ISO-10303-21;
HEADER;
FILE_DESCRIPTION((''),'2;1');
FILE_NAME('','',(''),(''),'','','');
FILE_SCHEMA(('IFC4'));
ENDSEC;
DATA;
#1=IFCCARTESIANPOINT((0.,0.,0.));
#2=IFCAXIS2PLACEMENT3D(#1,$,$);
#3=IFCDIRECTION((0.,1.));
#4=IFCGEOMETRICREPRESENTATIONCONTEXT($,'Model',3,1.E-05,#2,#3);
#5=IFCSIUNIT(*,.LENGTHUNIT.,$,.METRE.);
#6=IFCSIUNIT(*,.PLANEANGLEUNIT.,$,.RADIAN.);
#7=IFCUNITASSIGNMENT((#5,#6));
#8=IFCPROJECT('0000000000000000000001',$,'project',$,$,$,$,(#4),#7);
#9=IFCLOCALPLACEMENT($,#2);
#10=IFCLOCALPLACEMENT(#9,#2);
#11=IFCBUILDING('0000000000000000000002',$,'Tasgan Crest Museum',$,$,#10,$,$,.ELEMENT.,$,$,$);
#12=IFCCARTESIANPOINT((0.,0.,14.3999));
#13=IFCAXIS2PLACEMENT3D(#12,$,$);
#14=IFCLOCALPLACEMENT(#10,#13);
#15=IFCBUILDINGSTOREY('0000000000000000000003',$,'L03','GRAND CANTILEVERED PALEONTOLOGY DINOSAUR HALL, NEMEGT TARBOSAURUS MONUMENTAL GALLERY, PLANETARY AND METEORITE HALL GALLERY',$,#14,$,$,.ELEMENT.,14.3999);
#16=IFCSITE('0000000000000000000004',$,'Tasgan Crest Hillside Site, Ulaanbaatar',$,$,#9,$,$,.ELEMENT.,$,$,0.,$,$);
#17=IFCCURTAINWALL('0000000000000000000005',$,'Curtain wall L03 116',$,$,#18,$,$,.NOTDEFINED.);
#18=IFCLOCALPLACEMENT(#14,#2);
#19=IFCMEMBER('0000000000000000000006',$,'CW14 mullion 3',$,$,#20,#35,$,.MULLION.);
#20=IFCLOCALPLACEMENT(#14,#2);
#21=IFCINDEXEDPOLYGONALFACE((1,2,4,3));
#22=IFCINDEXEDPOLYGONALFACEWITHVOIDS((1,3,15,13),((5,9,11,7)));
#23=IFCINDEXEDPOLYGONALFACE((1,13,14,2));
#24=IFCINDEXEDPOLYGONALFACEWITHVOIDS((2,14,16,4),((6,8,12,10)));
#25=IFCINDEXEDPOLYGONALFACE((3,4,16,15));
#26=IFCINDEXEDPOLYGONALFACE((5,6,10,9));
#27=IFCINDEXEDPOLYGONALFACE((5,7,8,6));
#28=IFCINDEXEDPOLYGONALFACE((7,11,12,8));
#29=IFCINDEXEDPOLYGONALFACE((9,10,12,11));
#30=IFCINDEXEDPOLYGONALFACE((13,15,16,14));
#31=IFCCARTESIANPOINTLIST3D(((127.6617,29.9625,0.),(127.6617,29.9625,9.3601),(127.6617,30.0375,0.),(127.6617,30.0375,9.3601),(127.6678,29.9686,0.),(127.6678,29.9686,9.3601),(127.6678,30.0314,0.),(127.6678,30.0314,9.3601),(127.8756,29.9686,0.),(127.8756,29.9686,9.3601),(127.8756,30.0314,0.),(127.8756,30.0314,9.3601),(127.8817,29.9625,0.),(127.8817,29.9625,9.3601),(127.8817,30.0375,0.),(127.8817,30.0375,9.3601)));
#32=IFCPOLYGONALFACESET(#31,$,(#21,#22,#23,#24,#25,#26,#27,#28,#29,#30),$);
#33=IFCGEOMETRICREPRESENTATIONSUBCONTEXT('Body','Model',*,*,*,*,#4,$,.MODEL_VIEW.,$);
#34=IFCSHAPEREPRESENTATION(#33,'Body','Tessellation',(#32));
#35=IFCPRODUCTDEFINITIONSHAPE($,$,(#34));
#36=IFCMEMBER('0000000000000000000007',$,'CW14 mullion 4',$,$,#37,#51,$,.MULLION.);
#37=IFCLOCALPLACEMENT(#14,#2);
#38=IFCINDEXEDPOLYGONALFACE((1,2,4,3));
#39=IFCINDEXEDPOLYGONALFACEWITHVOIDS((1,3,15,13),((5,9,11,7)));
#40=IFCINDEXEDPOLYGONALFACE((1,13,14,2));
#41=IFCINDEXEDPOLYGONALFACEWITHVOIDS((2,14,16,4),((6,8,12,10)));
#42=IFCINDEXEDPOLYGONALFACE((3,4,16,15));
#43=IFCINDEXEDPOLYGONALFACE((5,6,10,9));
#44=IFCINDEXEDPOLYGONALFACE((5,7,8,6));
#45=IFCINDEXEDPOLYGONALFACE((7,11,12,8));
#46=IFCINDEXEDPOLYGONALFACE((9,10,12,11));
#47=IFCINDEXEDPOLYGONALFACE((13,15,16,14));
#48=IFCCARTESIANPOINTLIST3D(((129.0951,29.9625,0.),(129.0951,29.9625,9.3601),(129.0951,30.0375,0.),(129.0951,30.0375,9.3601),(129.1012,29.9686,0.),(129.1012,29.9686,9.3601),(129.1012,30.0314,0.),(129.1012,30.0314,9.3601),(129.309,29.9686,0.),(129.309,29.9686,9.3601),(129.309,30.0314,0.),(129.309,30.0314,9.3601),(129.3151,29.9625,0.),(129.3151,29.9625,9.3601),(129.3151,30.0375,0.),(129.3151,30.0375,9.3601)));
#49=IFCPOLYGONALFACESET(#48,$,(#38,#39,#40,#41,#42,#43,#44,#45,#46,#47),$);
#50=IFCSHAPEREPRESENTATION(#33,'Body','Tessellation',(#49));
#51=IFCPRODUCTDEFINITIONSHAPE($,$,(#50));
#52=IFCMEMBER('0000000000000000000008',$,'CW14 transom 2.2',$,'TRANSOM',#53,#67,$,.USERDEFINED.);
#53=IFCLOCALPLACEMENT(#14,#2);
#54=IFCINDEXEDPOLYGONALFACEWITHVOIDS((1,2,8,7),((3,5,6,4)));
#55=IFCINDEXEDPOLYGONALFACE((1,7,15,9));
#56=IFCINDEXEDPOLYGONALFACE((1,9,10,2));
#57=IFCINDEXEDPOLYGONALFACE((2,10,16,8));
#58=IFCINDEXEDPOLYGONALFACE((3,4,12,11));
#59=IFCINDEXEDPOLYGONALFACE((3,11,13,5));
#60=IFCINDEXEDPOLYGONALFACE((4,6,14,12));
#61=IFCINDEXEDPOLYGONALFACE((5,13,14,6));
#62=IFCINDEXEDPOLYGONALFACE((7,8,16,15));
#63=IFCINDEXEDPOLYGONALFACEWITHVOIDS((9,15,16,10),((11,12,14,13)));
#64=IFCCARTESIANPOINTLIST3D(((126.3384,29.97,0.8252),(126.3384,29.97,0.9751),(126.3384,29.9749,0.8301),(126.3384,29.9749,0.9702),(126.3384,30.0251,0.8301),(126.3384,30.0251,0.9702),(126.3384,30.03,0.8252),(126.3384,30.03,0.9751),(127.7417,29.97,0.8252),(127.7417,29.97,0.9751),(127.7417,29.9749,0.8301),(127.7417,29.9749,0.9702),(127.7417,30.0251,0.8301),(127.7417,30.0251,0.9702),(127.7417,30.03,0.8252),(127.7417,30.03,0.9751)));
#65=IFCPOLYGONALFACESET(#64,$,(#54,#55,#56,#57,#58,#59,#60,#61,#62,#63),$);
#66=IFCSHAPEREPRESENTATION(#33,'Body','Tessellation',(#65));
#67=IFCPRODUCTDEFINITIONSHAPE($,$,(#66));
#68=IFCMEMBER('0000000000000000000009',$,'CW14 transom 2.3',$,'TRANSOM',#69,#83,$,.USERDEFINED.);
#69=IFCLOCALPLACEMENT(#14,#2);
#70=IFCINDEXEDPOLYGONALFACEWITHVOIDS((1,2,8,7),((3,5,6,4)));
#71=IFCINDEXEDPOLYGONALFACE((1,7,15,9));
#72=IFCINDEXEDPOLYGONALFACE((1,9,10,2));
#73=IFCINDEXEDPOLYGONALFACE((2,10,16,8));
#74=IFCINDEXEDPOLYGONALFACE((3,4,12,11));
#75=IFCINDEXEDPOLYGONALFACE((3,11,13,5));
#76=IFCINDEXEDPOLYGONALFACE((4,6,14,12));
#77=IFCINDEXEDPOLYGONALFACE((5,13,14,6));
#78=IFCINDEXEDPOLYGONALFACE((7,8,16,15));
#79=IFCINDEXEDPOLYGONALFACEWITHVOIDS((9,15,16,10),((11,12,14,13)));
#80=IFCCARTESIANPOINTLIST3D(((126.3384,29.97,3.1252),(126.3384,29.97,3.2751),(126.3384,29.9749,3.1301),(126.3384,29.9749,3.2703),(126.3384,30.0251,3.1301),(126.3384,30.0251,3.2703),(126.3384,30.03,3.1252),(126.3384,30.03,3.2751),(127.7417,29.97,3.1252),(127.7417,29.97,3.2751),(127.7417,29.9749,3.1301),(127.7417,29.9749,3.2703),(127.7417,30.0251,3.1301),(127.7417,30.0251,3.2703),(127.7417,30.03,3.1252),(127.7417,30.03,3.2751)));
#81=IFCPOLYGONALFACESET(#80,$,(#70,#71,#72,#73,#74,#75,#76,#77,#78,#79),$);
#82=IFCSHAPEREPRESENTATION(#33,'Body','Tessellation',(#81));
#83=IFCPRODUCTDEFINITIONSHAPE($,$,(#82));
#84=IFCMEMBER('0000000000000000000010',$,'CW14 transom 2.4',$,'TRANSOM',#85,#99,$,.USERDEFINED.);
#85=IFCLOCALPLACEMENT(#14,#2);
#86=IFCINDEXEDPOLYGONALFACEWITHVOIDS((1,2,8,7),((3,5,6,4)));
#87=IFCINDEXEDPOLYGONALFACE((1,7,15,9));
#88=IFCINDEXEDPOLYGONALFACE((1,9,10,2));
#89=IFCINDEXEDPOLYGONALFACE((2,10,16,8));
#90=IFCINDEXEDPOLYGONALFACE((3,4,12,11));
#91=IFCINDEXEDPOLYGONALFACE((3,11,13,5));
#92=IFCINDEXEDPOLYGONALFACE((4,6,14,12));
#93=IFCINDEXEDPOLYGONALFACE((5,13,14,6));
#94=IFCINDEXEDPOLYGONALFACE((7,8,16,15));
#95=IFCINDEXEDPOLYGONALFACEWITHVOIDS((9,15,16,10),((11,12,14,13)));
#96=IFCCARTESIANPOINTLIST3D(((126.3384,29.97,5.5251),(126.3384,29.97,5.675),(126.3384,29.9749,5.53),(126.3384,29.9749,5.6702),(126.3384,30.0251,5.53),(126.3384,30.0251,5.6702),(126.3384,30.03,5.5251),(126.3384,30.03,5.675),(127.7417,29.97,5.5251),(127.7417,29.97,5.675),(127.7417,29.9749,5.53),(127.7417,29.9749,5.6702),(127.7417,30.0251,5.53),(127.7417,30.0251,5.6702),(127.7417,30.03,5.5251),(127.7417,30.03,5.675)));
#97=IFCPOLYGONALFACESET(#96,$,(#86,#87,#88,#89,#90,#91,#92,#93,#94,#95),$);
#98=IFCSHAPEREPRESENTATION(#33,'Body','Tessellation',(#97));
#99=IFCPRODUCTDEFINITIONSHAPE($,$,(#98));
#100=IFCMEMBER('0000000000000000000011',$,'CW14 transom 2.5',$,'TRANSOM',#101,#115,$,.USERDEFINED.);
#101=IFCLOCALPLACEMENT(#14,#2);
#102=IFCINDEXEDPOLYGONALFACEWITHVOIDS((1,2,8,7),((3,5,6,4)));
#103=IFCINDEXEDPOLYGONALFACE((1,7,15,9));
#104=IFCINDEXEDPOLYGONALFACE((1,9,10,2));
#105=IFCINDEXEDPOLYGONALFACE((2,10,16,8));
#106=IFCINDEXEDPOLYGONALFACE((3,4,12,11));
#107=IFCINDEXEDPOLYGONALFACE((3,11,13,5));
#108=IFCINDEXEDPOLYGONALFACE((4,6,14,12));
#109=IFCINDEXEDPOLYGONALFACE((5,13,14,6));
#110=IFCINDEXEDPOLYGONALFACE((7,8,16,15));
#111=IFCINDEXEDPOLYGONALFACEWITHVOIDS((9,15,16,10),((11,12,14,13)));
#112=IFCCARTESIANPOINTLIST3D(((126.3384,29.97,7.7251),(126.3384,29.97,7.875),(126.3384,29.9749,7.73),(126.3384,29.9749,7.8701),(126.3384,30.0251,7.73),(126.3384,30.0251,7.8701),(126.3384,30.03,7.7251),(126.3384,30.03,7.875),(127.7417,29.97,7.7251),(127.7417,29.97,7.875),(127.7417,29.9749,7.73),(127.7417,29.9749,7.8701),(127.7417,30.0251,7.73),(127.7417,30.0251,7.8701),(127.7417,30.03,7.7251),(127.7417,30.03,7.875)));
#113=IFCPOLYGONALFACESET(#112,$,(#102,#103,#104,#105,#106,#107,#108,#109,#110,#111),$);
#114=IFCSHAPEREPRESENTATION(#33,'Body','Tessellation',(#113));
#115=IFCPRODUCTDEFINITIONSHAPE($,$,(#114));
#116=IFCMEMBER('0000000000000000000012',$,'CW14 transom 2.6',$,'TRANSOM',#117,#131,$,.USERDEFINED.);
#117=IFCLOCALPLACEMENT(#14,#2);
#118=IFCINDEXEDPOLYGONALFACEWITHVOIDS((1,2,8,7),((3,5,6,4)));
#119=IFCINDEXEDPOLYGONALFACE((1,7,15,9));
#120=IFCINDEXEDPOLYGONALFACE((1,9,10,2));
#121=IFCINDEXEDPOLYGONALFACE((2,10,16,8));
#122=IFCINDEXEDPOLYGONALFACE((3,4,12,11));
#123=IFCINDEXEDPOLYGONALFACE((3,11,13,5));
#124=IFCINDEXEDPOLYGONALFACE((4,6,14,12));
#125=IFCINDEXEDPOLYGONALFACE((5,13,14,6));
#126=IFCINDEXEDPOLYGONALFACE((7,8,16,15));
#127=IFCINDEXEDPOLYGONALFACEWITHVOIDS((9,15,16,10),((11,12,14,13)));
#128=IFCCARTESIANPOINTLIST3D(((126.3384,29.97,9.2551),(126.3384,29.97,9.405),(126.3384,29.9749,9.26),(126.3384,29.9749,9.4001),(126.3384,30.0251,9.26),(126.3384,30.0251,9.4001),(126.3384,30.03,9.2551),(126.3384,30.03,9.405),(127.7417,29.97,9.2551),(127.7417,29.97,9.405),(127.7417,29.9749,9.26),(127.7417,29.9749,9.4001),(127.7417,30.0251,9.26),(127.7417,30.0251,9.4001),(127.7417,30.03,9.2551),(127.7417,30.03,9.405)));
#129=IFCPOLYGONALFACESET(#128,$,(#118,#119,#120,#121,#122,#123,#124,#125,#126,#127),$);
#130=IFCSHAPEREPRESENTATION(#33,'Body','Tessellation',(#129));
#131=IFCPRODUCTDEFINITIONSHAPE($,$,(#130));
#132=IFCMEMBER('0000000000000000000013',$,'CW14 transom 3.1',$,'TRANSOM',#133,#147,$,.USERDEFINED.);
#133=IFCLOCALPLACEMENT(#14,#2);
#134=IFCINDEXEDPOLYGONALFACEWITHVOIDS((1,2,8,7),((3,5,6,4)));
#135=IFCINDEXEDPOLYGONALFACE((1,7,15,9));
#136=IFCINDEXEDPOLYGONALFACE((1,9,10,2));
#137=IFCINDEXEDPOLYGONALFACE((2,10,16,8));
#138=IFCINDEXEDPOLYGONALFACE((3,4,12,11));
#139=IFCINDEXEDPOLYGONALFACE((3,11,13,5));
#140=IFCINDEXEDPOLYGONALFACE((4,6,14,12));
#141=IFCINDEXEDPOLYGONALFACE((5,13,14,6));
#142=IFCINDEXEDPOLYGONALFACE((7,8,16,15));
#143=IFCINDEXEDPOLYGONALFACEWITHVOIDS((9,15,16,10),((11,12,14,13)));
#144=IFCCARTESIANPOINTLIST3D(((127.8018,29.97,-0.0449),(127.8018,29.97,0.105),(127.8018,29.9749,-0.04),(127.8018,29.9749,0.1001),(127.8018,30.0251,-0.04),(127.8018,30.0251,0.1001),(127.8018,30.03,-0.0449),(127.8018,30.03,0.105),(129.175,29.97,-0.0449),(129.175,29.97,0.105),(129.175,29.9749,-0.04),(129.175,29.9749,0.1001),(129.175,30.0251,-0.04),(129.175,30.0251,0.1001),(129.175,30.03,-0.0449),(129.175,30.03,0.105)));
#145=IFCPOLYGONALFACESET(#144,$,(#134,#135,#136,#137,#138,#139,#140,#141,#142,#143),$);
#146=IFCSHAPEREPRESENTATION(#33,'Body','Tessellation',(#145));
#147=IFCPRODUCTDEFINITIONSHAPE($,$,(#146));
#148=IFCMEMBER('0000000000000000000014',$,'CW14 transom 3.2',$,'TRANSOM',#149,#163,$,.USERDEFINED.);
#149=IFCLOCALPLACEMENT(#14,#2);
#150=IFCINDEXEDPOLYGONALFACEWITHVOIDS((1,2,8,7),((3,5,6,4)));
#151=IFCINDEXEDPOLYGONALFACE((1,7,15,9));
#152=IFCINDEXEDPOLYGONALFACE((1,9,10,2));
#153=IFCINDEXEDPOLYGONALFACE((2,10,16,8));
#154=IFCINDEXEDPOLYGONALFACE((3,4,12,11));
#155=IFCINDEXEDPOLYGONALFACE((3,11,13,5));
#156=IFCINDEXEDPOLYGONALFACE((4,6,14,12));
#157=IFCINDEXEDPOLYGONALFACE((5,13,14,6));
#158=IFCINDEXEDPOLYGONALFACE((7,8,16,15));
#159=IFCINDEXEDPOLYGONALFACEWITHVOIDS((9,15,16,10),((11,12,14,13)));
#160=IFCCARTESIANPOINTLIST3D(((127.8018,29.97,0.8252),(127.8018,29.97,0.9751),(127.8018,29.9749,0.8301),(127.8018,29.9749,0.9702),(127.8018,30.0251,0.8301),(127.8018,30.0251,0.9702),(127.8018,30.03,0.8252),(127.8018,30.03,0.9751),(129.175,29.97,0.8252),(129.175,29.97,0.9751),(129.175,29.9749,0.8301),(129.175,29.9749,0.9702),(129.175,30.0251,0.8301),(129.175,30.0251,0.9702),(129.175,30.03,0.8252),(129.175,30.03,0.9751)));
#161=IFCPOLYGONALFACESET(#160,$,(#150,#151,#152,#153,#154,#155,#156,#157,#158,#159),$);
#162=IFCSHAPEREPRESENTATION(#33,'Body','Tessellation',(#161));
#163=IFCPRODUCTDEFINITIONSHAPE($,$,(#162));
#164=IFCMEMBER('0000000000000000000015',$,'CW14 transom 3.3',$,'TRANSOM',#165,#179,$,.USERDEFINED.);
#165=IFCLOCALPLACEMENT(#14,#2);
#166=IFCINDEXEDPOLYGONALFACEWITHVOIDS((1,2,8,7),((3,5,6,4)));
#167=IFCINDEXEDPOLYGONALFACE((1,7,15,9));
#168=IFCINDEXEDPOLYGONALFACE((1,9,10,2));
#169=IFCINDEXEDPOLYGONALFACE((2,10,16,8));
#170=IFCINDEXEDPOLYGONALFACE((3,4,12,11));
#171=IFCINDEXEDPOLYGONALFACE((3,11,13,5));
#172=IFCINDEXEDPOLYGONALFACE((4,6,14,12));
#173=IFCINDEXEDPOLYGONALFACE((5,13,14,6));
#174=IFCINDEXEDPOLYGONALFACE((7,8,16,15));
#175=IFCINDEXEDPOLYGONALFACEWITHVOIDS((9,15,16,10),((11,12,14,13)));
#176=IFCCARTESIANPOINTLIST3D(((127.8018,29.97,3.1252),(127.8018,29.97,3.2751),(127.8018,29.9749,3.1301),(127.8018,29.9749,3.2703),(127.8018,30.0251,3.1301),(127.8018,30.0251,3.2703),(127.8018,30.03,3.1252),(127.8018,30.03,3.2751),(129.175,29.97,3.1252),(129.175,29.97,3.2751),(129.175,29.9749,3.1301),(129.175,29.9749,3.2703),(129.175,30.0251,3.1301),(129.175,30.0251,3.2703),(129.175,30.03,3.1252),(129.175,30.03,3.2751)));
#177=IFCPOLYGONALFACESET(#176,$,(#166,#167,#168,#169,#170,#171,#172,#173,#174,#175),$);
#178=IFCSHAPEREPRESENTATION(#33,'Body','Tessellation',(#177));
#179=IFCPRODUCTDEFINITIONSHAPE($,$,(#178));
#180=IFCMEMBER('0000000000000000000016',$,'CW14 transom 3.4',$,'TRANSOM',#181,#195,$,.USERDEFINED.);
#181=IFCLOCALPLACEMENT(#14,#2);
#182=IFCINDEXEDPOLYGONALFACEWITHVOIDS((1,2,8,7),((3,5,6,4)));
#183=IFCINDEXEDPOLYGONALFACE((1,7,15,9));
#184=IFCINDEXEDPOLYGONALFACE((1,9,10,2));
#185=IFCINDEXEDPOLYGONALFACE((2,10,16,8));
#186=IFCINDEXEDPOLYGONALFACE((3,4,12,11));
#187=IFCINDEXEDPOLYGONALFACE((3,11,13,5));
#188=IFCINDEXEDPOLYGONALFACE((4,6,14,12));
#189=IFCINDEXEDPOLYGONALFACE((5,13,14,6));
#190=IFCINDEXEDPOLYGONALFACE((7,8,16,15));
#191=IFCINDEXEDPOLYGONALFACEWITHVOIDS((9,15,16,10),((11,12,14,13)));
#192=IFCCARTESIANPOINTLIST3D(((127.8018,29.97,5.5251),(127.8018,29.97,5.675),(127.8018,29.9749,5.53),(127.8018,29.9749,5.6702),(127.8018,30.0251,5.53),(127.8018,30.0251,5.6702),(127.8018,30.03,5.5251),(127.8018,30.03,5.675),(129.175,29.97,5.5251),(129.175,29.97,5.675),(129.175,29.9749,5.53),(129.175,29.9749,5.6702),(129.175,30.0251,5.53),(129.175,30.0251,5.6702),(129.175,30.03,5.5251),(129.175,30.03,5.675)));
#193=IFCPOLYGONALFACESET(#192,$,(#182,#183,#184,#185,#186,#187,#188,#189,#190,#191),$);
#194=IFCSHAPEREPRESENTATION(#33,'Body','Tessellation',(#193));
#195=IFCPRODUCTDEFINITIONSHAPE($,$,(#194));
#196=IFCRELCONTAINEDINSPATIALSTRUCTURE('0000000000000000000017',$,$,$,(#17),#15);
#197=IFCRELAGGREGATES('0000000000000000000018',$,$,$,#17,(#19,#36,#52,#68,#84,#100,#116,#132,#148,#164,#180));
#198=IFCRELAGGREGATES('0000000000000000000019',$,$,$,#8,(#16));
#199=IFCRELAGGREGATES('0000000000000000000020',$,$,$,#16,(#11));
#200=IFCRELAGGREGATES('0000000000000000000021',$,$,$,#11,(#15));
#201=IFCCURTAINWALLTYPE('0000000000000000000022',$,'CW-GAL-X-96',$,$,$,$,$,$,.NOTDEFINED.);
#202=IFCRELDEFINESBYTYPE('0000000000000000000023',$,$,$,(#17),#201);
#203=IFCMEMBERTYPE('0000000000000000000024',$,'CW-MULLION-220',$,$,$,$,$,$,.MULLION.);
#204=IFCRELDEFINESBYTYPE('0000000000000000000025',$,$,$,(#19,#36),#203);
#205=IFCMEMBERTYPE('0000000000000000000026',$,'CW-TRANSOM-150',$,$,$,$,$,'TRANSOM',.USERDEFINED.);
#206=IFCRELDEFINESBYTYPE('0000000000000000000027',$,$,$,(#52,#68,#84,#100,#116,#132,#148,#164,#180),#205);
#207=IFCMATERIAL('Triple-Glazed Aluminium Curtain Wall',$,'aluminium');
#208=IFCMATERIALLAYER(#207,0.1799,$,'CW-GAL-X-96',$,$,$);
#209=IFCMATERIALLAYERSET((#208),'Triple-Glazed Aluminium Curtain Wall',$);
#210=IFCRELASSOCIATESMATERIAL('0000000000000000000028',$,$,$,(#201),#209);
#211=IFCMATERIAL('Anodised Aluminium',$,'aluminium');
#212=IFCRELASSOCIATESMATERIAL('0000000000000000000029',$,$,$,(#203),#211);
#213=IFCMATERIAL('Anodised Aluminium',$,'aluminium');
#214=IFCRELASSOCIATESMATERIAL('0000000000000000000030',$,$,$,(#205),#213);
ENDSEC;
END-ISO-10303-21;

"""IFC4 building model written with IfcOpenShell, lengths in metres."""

from ifc_helpers import new_model, si_unit, direction, frame, origin, origin_2d, place, context, subcontext, project, spatial, hollow_rectangle, extrude, material, layer, layer_set, material_profile, profile_set, type_object, element, aggregate, save


model = new_model("IFC4")

# Units and contexts
model_context = context("Model", 3, precision=1e-05, world=origin(), true_north=direction((0.0, 1.0)))
body_context = subcontext(model_context, "Body", "Model", "MODEL_VIEW")
ifc_project = project(units=[si_unit("LENGTHUNIT", "METRE"), si_unit("PLANEANGLEUNIT", "RADIAN")], contexts=[model_context])

# Site, building, storey
site_placement = place(None, origin())
site = spatial("IfcSite", under=ifc_project, at=site_placement, Name="Tasgan Crest Hillside Site, Ulaanbaatar", CompositionType="ELEMENT", RefElevation=0.0)
building_placement = place(site_placement, origin())
building = spatial("IfcBuilding", under=site, at=building_placement, Name="Tasgan Crest Museum", CompositionType="ELEMENT")
storey_placement = place(building_placement, frame((0.0, 0.0, 14.3999)))
storey = spatial("IfcBuildingStorey", under=building, at=storey_placement, Name="L03", Description="GRAND CANTILEVERED PALEONTOLOGY DINOSAUR HALL, NEMEGT TARBOSAURUS MONUMENTAL GALLERY, PLANETARY AND METEORITE HALL GALLERY", CompositionType="ELEMENT", Elevation=14.3999)

# Curtain wall, members
ifc_material_1 = material(Name="Triple-Glazed Aluminium Curtain Wall", Category="aluminium")
ifc_layer_1 = layer(ifc_material_1, 0.1799, Name="CW-GAL-X-96")
ifc_layer_set_1 = layer_set([ifc_layer_1], Name="Triple-Glazed Aluminium Curtain Wall")
curtain_wall_type = type_object("IfcCurtainWallType", Name="CW-GAL-X-96", PredefinedType="NOTDEFINED", material=ifc_layer_set_1)
curtain_wall_placement = place(storey_placement, origin())
curtain_wall = element("IfcCurtainWall", 1, at=curtain_wall_placement, inside=storey, type_object=curtain_wall_type, Name="Curtain wall L03 116", PredefinedType="NOTDEFINED")
ifc_material_2 = material(Name="Anodised Aluminium", Category="aluminium")
ifc_material_profile_1 = material_profile(ifc_material_2, hollow_rectangle(XDim=0.075, YDim=0.22, WallThickness=0.0061, at=origin_2d()), Name="ALU MULLION 220x75x6")
ifc_profile_set_1 = profile_set([ifc_material_profile_1], Name="Anodised Aluminium")
member_type_1 = type_object("IfcMemberType", Name="CW-MULLION-220", PredefinedType="MULLION", material=ifc_profile_set_1)
member_1_placement = place(storey_placement, frame((127.7717, 30.0, 0.0), z_axis=(0.0, 0.0, 1.0), x_axis=(0.0, 1.0, 0.0)))
member_1 = element("IfcMember", 2, at=member_1_placement, type_object=member_type_1, Name="CW14 mullion 3", PredefinedType="MULLION", context=body_context, shape_type="SweptSolid", body=[
    extrude(hollow_rectangle(XDim=0.075, YDim=0.22, WallThickness=0.0061, at=origin_2d()), origin(), (0.0, 0.0, 1.0), 9.3601),
])
member_2_placement = place(storey_placement, frame((129.2051, 30.0, 0.0), z_axis=(0.0, 0.0, 1.0), x_axis=(0.0, 1.0, 0.0)))
member_2 = element("IfcMember", 3, at=member_2_placement, type_object=member_type_1, Name="CW14 mullion 4", PredefinedType="MULLION", context=body_context, shape_type="SweptSolid", body=[
    extrude(hollow_rectangle(XDim=0.075, YDim=0.22, WallThickness=0.0061, at=origin_2d()), origin(), (0.0, 0.0, 1.0), 9.3601),
])
ifc_material_3 = material(Name="Anodised Aluminium", Category="aluminium")
ifc_material_profile_2 = material_profile(ifc_material_3, hollow_rectangle(XDim=0.0601, YDim=0.1499, WallThickness=0.0049, at=origin_2d()), Name="ALU TRANSOM 150x60x5")
ifc_profile_set_2 = profile_set([ifc_material_profile_2], Name="Anodised Aluminium")
member_type_2 = type_object("IfcMemberType", Name="CW-TRANSOM-150", ElementType="TRANSOM", PredefinedType="USERDEFINED", material=ifc_profile_set_2)
member_3_placement = place(storey_placement, frame((126.3384, 30.0, 0.9001), z_axis=(1.0, 0.0, 0.0), x_axis=(0.0, 1.0, 0.0)))
member_3 = element("IfcMember", 4, at=member_3_placement, type_object=member_type_2, Name="CW14 transom 2.2", ObjectType="TRANSOM", PredefinedType="USERDEFINED", context=body_context, shape_type="SweptSolid", body=[
    extrude(hollow_rectangle(XDim=0.0601, YDim=0.1499, WallThickness=0.0049, at=origin_2d()), origin(), (0.0, 0.0, 1.0), 1.4033),
])
member_4_placement = place(storey_placement, frame((126.3384, 30.0, 3.2002), z_axis=(1.0, 0.0, 0.0), x_axis=(0.0, 1.0, 0.0)))
member_4 = element("IfcMember", 5, at=member_4_placement, type_object=member_type_2, Name="CW14 transom 2.3", ObjectType="TRANSOM", PredefinedType="USERDEFINED", context=body_context, shape_type="SweptSolid", body=[
    extrude(hollow_rectangle(XDim=0.0601, YDim=0.1499, WallThickness=0.0049, at=origin_2d()), origin(), (0.0, 0.0, 1.0), 1.4033),
])
member_5_placement = place(storey_placement, frame((126.3384, 30.0, 5.6001), z_axis=(1.0, 0.0, 0.0), x_axis=(0.0, 1.0, 0.0)))
member_5 = element("IfcMember", 6, at=member_5_placement, type_object=member_type_2, Name="CW14 transom 2.4", ObjectType="TRANSOM", PredefinedType="USERDEFINED", context=body_context, shape_type="SweptSolid", body=[
    extrude(hollow_rectangle(XDim=0.0601, YDim=0.1499, WallThickness=0.0049, at=origin_2d()), origin(), (0.0, 0.0, 1.0), 1.4033),
])
member_6_placement = place(storey_placement, frame((126.3384, 30.0, 7.8), z_axis=(1.0, 0.0, 0.0), x_axis=(0.0, 1.0, 0.0)))
member_6 = element("IfcMember", 7, at=member_6_placement, type_object=member_type_2, Name="CW14 transom 2.5", ObjectType="TRANSOM", PredefinedType="USERDEFINED", context=body_context, shape_type="SweptSolid", body=[
    extrude(hollow_rectangle(XDim=0.0601, YDim=0.1499, WallThickness=0.0049, at=origin_2d()), origin(), (0.0, 0.0, 1.0), 1.4033),
])
member_7_placement = place(storey_placement, frame((126.3384, 30.0, 9.3301), z_axis=(1.0, 0.0, 0.0), x_axis=(0.0, 1.0, 0.0)))
member_7 = element("IfcMember", 8, at=member_7_placement, type_object=member_type_2, Name="CW14 transom 2.6", ObjectType="TRANSOM", PredefinedType="USERDEFINED", context=body_context, shape_type="SweptSolid", body=[
    extrude(hollow_rectangle(XDim=0.0601, YDim=0.1499, WallThickness=0.0049, at=origin_2d()), origin(), (0.0, 0.0, 1.0), 1.4033),
])
member_8_placement = place(storey_placement, frame((127.8018, 30.0, 0.03), z_axis=(1.0, 0.0, 0.0), x_axis=(0.0, 1.0, 0.0)))
member_8 = element("IfcMember", 9, at=member_8_placement, type_object=member_type_2, Name="CW14 transom 3.1", ObjectType="TRANSOM", PredefinedType="USERDEFINED", context=body_context, shape_type="SweptSolid", body=[
    extrude(hollow_rectangle(XDim=0.0601, YDim=0.1499, WallThickness=0.0049, at=origin_2d()), origin(), (0.0, 0.0, 1.0), 1.3733),
])
member_9_placement = place(storey_placement, frame((127.8018, 30.0, 0.9001), z_axis=(1.0, 0.0, 0.0), x_axis=(0.0, 1.0, 0.0)))
member_9 = element("IfcMember", 10, at=member_9_placement, type_object=member_type_2, Name="CW14 transom 3.2", ObjectType="TRANSOM", PredefinedType="USERDEFINED", context=body_context, shape_type="SweptSolid", body=[
    extrude(hollow_rectangle(XDim=0.0601, YDim=0.1499, WallThickness=0.0049, at=origin_2d()), origin(), (0.0, 0.0, 1.0), 1.3733),
])
member_10_placement = place(storey_placement, frame((127.8018, 30.0, 3.2002), z_axis=(1.0, 0.0, 0.0), x_axis=(0.0, 1.0, 0.0)))
member_10 = element("IfcMember", 11, at=member_10_placement, type_object=member_type_2, Name="CW14 transom 3.3", ObjectType="TRANSOM", PredefinedType="USERDEFINED", context=body_context, shape_type="SweptSolid", body=[
    extrude(hollow_rectangle(XDim=0.0601, YDim=0.1499, WallThickness=0.0049, at=origin_2d()), origin(), (0.0, 0.0, 1.0), 1.3733),
])
member_11_placement = place(storey_placement, frame((127.8018, 30.0, 5.6001), z_axis=(1.0, 0.0, 0.0), x_axis=(0.0, 1.0, 0.0)))
member_11 = element("IfcMember", 12, at=member_11_placement, type_object=member_type_2, Name="CW14 transom 3.4", ObjectType="TRANSOM", PredefinedType="USERDEFINED", context=body_context, shape_type="SweptSolid", body=[
    extrude(hollow_rectangle(XDim=0.0601, YDim=0.1499, WallThickness=0.0049, at=origin_2d()), origin(), (0.0, 0.0, 1.0), 1.3733),
])
aggregate(curtain_wall, [member_1, member_2, member_3, member_4, member_5, member_6, member_7, member_8, member_9, member_10, member_11])

save(model, "model.ifc")
